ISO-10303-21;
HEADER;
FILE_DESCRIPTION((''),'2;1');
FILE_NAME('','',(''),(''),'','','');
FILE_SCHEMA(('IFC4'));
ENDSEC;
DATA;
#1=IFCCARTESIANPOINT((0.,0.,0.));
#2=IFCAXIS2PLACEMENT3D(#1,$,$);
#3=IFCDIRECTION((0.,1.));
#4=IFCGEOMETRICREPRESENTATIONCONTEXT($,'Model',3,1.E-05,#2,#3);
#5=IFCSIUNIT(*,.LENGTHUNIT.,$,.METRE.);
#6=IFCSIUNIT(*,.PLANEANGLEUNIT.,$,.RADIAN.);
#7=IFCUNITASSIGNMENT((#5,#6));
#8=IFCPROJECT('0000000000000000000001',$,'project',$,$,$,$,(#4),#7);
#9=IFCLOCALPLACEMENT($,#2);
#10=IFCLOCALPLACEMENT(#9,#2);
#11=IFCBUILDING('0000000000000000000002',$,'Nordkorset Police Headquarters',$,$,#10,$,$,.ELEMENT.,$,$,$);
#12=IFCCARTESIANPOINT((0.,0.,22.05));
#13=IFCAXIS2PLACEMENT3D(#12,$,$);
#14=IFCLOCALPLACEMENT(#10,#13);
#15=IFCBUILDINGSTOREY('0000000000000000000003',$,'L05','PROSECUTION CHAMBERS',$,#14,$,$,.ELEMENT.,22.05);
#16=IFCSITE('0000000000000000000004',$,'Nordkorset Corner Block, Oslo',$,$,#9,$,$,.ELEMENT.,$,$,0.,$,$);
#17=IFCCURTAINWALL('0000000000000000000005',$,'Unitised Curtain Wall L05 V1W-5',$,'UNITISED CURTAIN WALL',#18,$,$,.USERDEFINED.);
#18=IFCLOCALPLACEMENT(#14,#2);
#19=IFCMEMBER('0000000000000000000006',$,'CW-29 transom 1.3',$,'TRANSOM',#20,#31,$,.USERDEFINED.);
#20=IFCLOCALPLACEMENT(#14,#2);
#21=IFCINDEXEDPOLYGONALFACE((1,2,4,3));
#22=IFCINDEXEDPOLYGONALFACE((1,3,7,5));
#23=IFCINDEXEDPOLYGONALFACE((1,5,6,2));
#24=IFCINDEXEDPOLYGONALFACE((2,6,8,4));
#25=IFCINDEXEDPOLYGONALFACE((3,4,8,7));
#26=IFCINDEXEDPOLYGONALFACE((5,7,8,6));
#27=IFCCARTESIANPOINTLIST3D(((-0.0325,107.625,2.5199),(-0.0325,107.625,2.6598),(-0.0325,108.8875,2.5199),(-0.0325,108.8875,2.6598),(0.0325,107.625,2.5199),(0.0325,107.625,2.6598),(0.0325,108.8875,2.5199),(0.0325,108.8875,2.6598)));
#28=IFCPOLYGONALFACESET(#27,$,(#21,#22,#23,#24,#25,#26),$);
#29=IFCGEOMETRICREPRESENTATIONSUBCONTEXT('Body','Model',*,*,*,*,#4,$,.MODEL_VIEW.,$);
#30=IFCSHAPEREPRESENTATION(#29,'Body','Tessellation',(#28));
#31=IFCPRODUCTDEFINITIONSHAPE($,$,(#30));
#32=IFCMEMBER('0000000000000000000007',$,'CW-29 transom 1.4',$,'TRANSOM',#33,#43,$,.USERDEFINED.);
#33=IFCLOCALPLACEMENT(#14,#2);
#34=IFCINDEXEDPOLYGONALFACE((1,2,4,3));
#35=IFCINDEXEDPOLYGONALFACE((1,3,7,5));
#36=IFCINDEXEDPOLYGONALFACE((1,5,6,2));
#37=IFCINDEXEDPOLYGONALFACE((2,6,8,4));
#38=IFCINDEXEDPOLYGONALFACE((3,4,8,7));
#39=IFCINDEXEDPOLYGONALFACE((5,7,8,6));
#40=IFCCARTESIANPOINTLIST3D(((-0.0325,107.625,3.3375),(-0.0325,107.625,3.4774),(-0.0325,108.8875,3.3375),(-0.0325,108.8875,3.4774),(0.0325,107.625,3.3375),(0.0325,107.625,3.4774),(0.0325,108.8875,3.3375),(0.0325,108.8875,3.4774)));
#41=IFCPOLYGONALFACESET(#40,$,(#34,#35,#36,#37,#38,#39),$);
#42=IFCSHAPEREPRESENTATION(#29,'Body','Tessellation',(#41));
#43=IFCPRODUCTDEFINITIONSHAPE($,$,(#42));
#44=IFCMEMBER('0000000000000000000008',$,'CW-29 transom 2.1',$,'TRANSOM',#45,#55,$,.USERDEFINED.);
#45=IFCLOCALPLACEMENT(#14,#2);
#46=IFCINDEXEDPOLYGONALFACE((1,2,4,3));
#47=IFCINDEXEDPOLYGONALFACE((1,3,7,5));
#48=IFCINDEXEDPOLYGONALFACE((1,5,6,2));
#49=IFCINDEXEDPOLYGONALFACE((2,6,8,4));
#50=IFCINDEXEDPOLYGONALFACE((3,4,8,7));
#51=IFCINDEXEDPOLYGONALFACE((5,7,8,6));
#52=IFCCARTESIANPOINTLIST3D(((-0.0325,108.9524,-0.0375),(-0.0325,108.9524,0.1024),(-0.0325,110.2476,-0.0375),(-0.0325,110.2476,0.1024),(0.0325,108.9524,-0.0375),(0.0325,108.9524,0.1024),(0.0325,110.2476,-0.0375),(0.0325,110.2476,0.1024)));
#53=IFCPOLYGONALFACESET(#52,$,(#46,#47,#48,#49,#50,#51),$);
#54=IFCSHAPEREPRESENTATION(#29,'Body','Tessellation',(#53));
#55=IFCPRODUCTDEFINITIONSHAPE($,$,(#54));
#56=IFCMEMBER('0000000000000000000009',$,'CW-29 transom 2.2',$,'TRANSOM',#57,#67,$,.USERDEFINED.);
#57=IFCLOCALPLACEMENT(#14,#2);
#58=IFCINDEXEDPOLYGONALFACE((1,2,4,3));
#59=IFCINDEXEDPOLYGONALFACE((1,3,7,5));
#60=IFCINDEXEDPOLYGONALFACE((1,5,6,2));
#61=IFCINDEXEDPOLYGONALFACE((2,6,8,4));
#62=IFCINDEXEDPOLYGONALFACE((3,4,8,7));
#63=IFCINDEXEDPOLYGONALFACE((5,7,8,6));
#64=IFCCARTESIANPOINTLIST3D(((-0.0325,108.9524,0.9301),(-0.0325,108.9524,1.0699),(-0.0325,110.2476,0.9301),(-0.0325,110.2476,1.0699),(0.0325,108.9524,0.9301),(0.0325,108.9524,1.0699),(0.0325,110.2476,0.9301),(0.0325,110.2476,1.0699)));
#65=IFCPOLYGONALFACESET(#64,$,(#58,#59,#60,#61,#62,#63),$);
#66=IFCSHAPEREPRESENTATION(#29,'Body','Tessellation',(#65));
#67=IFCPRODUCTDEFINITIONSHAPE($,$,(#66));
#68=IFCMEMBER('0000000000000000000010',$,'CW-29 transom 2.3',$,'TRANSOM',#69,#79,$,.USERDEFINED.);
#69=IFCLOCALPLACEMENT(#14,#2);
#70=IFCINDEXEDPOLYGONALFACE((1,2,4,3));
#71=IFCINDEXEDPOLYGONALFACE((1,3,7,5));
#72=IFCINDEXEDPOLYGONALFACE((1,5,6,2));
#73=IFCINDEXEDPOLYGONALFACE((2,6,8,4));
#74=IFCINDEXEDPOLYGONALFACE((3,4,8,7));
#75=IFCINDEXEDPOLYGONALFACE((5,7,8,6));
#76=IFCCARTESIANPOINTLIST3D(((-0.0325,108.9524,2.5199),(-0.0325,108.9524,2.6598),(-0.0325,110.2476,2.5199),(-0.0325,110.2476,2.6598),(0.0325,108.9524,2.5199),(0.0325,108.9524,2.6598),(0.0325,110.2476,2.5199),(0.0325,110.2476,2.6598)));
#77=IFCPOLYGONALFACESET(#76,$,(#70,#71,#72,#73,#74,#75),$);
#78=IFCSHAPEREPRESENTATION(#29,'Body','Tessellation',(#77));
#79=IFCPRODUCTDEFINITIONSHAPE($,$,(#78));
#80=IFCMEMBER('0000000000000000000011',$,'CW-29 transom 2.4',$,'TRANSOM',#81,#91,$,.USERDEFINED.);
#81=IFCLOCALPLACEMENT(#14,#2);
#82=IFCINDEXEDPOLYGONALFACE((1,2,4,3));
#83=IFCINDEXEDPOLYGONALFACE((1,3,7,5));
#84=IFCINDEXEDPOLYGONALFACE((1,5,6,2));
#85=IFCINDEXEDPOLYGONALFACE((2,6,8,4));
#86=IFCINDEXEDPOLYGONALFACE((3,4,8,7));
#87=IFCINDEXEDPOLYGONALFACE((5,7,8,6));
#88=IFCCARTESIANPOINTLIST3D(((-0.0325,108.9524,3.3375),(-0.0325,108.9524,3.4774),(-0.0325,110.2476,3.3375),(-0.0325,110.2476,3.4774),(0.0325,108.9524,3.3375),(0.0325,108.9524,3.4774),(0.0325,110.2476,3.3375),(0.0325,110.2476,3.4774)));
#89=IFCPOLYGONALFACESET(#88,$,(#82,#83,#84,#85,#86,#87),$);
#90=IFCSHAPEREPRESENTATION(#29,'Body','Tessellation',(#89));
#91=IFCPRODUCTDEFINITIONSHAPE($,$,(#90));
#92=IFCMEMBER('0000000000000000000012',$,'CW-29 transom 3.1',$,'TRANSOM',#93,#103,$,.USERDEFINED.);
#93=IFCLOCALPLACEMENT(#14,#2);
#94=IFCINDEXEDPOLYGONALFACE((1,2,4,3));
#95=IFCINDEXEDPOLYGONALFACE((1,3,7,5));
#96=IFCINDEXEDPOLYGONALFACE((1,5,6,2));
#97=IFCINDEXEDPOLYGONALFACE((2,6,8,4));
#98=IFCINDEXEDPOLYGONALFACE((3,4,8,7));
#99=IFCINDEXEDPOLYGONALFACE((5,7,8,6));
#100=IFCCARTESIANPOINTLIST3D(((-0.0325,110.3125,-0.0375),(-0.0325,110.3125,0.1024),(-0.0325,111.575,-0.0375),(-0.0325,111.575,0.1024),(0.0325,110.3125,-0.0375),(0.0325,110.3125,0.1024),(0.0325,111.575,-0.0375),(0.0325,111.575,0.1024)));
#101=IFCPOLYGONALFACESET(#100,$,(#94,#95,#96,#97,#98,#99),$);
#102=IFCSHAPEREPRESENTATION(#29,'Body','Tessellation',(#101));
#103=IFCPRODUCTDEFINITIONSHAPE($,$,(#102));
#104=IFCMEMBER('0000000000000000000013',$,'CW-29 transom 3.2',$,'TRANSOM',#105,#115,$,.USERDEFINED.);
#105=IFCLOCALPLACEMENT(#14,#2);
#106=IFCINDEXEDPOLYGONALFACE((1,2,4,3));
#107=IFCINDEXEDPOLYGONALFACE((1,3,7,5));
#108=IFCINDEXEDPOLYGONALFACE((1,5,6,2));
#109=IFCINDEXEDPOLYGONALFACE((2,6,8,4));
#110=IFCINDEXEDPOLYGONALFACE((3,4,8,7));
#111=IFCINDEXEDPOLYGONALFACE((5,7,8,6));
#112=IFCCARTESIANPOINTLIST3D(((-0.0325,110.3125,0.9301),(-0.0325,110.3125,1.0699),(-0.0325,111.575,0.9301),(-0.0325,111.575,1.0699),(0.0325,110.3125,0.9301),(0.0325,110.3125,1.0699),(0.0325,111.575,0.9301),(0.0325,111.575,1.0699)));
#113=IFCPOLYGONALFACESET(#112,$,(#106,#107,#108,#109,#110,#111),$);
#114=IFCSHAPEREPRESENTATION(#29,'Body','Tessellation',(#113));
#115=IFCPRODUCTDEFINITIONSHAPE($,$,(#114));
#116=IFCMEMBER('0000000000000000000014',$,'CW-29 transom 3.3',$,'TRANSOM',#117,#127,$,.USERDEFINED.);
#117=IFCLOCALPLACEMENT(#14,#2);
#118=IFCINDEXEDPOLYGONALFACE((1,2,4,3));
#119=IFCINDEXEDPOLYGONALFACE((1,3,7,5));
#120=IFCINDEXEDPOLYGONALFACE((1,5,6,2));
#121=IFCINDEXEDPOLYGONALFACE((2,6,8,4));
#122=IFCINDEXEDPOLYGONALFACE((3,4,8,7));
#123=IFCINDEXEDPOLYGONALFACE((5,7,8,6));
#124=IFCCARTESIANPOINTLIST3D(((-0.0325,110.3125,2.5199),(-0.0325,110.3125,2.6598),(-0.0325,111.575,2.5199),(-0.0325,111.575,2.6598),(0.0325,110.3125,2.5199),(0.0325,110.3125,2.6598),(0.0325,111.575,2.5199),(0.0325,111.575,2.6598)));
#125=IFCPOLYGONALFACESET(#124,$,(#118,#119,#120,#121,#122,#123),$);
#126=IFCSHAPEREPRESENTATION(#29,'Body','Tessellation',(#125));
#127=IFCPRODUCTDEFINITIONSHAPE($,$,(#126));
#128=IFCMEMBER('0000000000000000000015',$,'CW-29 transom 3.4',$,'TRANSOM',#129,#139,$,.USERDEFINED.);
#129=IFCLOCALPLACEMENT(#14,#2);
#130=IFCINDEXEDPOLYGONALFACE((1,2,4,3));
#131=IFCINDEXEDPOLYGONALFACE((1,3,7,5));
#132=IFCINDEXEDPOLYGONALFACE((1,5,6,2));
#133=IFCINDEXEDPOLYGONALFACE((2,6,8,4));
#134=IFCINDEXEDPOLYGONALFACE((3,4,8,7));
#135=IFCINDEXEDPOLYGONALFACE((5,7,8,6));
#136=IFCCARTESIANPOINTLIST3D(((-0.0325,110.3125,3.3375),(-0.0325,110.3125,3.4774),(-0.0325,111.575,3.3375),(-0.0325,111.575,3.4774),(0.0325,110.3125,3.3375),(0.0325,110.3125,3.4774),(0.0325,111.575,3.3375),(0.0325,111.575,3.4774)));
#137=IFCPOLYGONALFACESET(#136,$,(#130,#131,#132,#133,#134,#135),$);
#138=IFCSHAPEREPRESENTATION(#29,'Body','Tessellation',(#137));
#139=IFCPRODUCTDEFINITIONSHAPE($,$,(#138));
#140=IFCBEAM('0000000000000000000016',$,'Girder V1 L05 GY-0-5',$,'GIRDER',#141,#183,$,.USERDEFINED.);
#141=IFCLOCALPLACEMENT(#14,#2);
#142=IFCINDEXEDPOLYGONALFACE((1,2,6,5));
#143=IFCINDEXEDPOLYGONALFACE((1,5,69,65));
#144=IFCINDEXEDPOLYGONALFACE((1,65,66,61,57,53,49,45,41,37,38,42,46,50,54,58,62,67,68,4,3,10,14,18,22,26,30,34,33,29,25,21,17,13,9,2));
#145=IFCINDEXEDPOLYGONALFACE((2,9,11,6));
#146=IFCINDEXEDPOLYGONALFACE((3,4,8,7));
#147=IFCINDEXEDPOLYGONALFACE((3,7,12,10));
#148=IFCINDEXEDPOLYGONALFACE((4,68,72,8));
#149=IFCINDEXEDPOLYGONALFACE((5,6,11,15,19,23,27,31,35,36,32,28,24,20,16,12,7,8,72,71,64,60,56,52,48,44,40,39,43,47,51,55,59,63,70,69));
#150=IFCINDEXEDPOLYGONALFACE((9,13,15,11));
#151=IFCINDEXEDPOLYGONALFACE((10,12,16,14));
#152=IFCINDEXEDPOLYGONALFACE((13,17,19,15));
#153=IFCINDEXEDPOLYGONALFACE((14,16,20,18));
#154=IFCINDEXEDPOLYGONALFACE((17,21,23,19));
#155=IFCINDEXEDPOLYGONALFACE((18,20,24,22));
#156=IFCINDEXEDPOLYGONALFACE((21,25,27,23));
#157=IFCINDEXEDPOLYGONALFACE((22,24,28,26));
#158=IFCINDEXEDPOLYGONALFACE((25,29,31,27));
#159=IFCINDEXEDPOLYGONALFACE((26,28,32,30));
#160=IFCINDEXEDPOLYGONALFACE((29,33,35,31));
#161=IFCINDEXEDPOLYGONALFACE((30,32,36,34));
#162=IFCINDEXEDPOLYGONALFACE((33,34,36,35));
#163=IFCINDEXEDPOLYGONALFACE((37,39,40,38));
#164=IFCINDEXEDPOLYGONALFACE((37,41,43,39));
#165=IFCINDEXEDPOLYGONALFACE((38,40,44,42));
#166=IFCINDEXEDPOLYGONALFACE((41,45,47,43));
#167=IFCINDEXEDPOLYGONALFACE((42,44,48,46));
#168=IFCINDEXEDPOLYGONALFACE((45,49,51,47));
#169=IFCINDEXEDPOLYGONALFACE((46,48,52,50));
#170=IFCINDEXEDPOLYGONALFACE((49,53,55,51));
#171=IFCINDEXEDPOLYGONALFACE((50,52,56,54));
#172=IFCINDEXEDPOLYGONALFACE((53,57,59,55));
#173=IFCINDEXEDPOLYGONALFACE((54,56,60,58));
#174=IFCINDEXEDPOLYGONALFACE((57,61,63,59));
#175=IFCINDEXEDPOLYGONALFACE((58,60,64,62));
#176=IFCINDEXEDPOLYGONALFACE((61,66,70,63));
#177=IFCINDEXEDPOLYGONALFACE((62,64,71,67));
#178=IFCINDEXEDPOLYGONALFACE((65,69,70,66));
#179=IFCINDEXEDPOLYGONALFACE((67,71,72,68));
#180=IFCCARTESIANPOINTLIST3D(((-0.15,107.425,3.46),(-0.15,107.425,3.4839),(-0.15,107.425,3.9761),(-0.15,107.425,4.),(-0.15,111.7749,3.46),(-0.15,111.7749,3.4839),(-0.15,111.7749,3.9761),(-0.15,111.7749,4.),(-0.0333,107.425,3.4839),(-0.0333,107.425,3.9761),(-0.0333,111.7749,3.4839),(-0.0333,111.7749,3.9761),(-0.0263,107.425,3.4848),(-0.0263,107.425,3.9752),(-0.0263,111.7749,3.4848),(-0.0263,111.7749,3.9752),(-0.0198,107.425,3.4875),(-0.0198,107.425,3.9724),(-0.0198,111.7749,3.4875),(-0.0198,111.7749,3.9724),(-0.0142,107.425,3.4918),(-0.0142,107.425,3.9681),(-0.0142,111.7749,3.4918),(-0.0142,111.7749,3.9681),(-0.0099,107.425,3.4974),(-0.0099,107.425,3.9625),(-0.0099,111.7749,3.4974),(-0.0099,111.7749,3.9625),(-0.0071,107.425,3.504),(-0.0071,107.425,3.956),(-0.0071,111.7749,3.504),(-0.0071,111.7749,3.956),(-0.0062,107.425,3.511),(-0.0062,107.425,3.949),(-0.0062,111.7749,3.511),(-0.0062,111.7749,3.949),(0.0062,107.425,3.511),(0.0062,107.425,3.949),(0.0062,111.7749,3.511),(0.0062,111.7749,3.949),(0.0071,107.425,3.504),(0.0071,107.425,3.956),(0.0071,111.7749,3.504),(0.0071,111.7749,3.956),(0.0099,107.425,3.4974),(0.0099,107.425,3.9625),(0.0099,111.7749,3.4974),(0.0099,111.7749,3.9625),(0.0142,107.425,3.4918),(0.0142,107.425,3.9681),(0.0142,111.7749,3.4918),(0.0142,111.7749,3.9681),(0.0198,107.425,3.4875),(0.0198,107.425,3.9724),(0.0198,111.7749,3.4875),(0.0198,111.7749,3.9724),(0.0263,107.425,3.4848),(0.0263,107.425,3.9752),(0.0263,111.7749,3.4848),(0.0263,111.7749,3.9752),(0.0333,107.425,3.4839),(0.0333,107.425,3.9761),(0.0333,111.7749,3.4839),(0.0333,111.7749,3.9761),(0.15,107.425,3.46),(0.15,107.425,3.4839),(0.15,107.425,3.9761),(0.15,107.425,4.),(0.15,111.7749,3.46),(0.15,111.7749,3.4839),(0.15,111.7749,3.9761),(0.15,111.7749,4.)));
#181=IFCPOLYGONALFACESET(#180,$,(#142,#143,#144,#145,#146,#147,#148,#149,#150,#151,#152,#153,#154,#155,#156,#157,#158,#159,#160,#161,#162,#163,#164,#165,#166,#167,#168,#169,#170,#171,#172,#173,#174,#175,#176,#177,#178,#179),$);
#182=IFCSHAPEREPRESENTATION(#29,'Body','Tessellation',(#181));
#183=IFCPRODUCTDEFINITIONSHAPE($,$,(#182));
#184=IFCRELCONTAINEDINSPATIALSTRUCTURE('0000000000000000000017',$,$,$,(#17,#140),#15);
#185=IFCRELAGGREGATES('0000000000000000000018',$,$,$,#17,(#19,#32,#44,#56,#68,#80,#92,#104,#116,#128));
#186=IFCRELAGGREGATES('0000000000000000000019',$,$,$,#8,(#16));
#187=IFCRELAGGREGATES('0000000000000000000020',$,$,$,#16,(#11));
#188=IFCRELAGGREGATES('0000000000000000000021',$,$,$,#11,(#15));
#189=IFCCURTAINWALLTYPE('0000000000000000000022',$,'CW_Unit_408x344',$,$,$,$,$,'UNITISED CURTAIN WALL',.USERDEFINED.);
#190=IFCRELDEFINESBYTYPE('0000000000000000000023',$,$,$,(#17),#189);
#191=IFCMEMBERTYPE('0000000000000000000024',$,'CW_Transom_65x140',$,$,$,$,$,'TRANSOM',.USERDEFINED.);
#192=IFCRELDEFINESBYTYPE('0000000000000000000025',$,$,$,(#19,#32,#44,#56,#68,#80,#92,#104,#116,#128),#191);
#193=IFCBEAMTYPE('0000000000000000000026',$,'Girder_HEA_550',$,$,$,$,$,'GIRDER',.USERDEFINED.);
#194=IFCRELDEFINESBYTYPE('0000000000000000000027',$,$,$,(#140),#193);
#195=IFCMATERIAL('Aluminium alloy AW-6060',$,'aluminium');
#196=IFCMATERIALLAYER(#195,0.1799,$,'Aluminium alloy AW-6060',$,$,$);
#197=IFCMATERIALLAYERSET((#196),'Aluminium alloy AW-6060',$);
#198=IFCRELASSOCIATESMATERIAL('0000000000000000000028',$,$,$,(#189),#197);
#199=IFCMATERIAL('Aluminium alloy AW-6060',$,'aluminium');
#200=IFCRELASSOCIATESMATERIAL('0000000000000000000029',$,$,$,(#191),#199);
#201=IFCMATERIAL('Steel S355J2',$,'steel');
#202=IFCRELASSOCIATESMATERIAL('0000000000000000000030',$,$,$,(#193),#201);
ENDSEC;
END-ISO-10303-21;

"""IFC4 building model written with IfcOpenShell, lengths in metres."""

from ifc_helpers import new_model, si_unit, direction, frame, origin, origin_2d, place, context, subcontext, project, spatial, rectangle, i_section, extrude, material, layer, layer_set, material_profile, profile_set, type_object, element, aggregate, save


model = new_model("IFC4")

# Units and contexts
model_context = context("Model", 3, precision=1e-05, world=origin(), true_north=direction((0.0, 1.0)))
body_context = subcontext(model_context, "Body", "Model", "MODEL_VIEW")
ifc_project = project(units=[si_unit("LENGTHUNIT", "METRE"), si_unit("PLANEANGLEUNIT", "RADIAN")], contexts=[model_context])

# Site, building, storey
site_placement = place(None, origin())
site = spatial("IfcSite", under=ifc_project, at=site_placement, Name="Nordkorset Corner Block, Oslo", CompositionType="ELEMENT", RefElevation=0.0)
building_placement = place(site_placement, origin())
building = spatial("IfcBuilding", under=site, at=building_placement, Name="Nordkorset Police Headquarters", CompositionType="ELEMENT")
storey_placement = place(building_placement, frame((0.0, 0.0, 22.05)))
storey = spatial("IfcBuildingStorey", under=building, at=storey_placement, Name="L05", Description="PROSECUTION CHAMBERS", CompositionType="ELEMENT", Elevation=22.05)

# Shared definitions
ifc_material_1 = material(Name="Aluminium alloy AW-6060", Category="aluminium")
ifc_layer_1 = layer(ifc_material_1, 0.1799, Name="Aluminium alloy AW-6060")
ifc_layer_set_1 = layer_set([ifc_layer_1], Name="Aluminium alloy AW-6060")
curtain_wall_type = type_object("IfcCurtainWallType", Name="CW_Unit_408x344", ElementType="UNITISED CURTAIN WALL", PredefinedType="USERDEFINED", material=ifc_layer_set_1)

# Curtain wall, members
curtain_wall_1_placement = place(storey_placement, origin())
curtain_wall_1 = element("IfcCurtainWall", 1, at=curtain_wall_1_placement, inside=storey, type_object=curtain_wall_type, Name="Unitised Curtain Wall L05 V1W-5", ObjectType="UNITISED CURTAIN WALL", PredefinedType="USERDEFINED")
ifc_material_2 = material(Name="Aluminium alloy AW-6060", Category="aluminium")
ifc_material_profile_1 = material_profile(ifc_material_2, rectangle(XDim=0.0649, YDim=0.1399, at=origin_2d()), Name="ALU TRAN 65x140")
ifc_profile_set_1 = profile_set([ifc_material_profile_1], Name="Aluminium alloy AW-6060")
member_type_1 = type_object("IfcMemberType", Name="CW_Transom_65x140", ElementType="TRANSOM", PredefinedType="USERDEFINED", material=ifc_profile_set_1)
member_1_placement = place(storey_placement, frame((0.0, 107.625, 2.5898), z_axis=(0.0, 1.0, 0.0), x_axis=(-1.0, 0.0, 0.0)))
member_1 = element("IfcMember", 2, at=member_1_placement, type_object=member_type_1, Name="CW-29 transom 1.3", ObjectType="TRANSOM", PredefinedType="USERDEFINED", context=body_context, shape_type="SweptSolid", body=[
    extrude(rectangle(XDim=0.0649, YDim=0.1399, at=origin_2d()), origin(), (0.0, 0.0, 1.0), 1.2625),
])
member_2_placement = place(storey_placement, frame((0.0, 107.625, 3.4075), z_axis=(0.0, 1.0, 0.0), x_axis=(-1.0, 0.0, 0.0)))
member_2 = element("IfcMember", 3, at=member_2_placement, type_object=member_type_1, Name="CW-29 transom 1.4", ObjectType="TRANSOM", PredefinedType="USERDEFINED", context=body_context, shape_type="SweptSolid", body=[
    extrude(rectangle(XDim=0.0649, YDim=0.1399, at=origin_2d()), origin(), (0.0, 0.0, 1.0), 1.2625),
])
member_3_placement = place(storey_placement, frame((0.0, 108.9524, 0.0325), z_axis=(0.0, 1.0, 0.0), x_axis=(-1.0, 0.0, 0.0)))
member_3 = element("IfcMember", 4, at=member_3_placement, type_object=member_type_1, Name="CW-29 transom 2.1", ObjectType="TRANSOM", PredefinedType="USERDEFINED", context=body_context, shape_type="SweptSolid", body=[
    extrude(rectangle(XDim=0.0649, YDim=0.1399, at=origin_2d()), origin(), (0.0, 0.0, 1.0), 1.2952),
])
member_4_placement = place(storey_placement, frame((0.0, 108.9524, 1.0), z_axis=(0.0, 1.0, 0.0), x_axis=(-1.0, 0.0, 0.0)))
member_4 = element("IfcMember", 5, at=member_4_placement, type_object=member_type_1, Name="CW-29 transom 2.2", ObjectType="TRANSOM", PredefinedType="USERDEFINED", context=body_context, shape_type="SweptSolid", body=[
    extrude(rectangle(XDim=0.0649, YDim=0.1399, at=origin_2d()), origin(), (0.0, 0.0, 1.0), 1.2952),
])
member_5_placement = place(storey_placement, frame((0.0, 108.9524, 2.5898), z_axis=(0.0, 1.0, 0.0), x_axis=(-1.0, 0.0, 0.0)))
member_5 = element("IfcMember", 6, at=member_5_placement, type_object=member_type_1, Name="CW-29 transom 2.3", ObjectType="TRANSOM", PredefinedType="USERDEFINED", context=body_context, shape_type="SweptSolid", body=[
    extrude(rectangle(XDim=0.0649, YDim=0.1399, at=origin_2d()), origin(), (0.0, 0.0, 1.0), 1.2952),
])
member_6_placement = place(storey_placement, frame((0.0, 108.9524, 3.4075), z_axis=(0.0, 1.0, 0.0), x_axis=(-1.0, 0.0, 0.0)))
member_6 = element("IfcMember", 7, at=member_6_placement, type_object=member_type_1, Name="CW-29 transom 2.4", ObjectType="TRANSOM", PredefinedType="USERDEFINED", context=body_context, shape_type="SweptSolid", body=[
    extrude(rectangle(XDim=0.0649, YDim=0.1399, at=origin_2d()), origin(), (0.0, 0.0, 1.0), 1.2952),
])
member_7_placement = place(storey_placement, frame((0.0, 110.3125, 0.0325), z_axis=(0.0, 1.0, 0.0), x_axis=(-1.0, 0.0, 0.0)))
member_7 = element("IfcMember", 8, at=member_7_placement, type_object=member_type_1, Name="CW-29 transom 3.1", ObjectType="TRANSOM", PredefinedType="USERDEFINED", context=body_context, shape_type="SweptSolid", body=[
    extrude(rectangle(XDim=0.0649, YDim=0.1399, at=origin_2d()), origin(), (0.0, 0.0, 1.0), 1.2625),
])
member_8_placement = place(storey_placement, frame((0.0, 110.3125, 1.0), z_axis=(0.0, 1.0, 0.0), x_axis=(-1.0, 0.0, 0.0)))
member_8 = element("IfcMember", 9, at=member_8_placement, type_object=member_type_1, Name="CW-29 transom 3.2", ObjectType="TRANSOM", PredefinedType="USERDEFINED", context=body_context, shape_type="SweptSolid", body=[
    extrude(rectangle(XDim=0.0649, YDim=0.1399, at=origin_2d()), origin(), (0.0, 0.0, 1.0), 1.2625),
])
member_9_placement = place(storey_placement, frame((0.0, 110.3125, 2.5898), z_axis=(0.0, 1.0, 0.0), x_axis=(-1.0, 0.0, 0.0)))
member_9 = element("IfcMember", 10, at=member_9_placement, type_object=member_type_1, Name="CW-29 transom 3.3", ObjectType="TRANSOM", PredefinedType="USERDEFINED", context=body_context, shape_type="SweptSolid", body=[
    extrude(rectangle(XDim=0.0649, YDim=0.1399, at=origin_2d()), origin(), (0.0, 0.0, 1.0), 1.2625),
])
member_10_placement = place(storey_placement, frame((0.0, 110.3125, 3.4075), z_axis=(0.0, 1.0, 0.0), x_axis=(-1.0, 0.0, 0.0)))
member_10 = element("IfcMember", 11, at=member_10_placement, type_object=member_type_1, Name="CW-29 transom 3.4", ObjectType="TRANSOM", PredefinedType="USERDEFINED", context=body_context, shape_type="SweptSolid", body=[
    extrude(rectangle(XDim=0.0649, YDim=0.1399, at=origin_2d()), origin(), (0.0, 0.0, 1.0), 1.2625),
])

# Beam
ifc_material_3 = material(Name="Steel S355J2", Category="steel")
ifc_material_profile_2 = material_profile(ifc_material_3, i_section(OverallWidth=0.3, OverallDepth=0.54, WebThickness=0.0125, FlangeThickness=0.0239, FilletRadius=0.0271, at=origin_2d()), Name="HEA 550")
ifc_profile_set_2 = profile_set([ifc_material_profile_2], Name="Steel S355J2")
beam_type = type_object("IfcBeamType", Name="Girder_HEA_550", ElementType="GIRDER", PredefinedType="USERDEFINED", material=ifc_profile_set_2)
for number, where, z_axis, x_axis, name in (
    (12, (0.0, 107.425, 3.73), (0.0, 1.0, 0.0), (-1.0, 0.0, 0.0), "Girder V1 L05 GY-0-5"),
):
    element("IfcBeam", number, at=place(storey_placement, frame(where, z_axis=z_axis, x_axis=x_axis)), inside=storey, type_object=beam_type, Name=name, ObjectType="GIRDER", PredefinedType="USERDEFINED", context=body_context, shape_type="SweptSolid", body=[
        extrude(i_section(OverallWidth=0.3, OverallDepth=0.54, WebThickness=0.0125, FlangeThickness=0.0239, FilletRadius=0.0271, at=origin_2d()), origin(), (0.0, 0.0, 1.0), 4.3499),
    ])

aggregate(curtain_wall_1, [member_1, member_2, member_3, member_4, member_5, member_6, member_7, member_8, member_9, member_10])

save(model, "model.ifc")
